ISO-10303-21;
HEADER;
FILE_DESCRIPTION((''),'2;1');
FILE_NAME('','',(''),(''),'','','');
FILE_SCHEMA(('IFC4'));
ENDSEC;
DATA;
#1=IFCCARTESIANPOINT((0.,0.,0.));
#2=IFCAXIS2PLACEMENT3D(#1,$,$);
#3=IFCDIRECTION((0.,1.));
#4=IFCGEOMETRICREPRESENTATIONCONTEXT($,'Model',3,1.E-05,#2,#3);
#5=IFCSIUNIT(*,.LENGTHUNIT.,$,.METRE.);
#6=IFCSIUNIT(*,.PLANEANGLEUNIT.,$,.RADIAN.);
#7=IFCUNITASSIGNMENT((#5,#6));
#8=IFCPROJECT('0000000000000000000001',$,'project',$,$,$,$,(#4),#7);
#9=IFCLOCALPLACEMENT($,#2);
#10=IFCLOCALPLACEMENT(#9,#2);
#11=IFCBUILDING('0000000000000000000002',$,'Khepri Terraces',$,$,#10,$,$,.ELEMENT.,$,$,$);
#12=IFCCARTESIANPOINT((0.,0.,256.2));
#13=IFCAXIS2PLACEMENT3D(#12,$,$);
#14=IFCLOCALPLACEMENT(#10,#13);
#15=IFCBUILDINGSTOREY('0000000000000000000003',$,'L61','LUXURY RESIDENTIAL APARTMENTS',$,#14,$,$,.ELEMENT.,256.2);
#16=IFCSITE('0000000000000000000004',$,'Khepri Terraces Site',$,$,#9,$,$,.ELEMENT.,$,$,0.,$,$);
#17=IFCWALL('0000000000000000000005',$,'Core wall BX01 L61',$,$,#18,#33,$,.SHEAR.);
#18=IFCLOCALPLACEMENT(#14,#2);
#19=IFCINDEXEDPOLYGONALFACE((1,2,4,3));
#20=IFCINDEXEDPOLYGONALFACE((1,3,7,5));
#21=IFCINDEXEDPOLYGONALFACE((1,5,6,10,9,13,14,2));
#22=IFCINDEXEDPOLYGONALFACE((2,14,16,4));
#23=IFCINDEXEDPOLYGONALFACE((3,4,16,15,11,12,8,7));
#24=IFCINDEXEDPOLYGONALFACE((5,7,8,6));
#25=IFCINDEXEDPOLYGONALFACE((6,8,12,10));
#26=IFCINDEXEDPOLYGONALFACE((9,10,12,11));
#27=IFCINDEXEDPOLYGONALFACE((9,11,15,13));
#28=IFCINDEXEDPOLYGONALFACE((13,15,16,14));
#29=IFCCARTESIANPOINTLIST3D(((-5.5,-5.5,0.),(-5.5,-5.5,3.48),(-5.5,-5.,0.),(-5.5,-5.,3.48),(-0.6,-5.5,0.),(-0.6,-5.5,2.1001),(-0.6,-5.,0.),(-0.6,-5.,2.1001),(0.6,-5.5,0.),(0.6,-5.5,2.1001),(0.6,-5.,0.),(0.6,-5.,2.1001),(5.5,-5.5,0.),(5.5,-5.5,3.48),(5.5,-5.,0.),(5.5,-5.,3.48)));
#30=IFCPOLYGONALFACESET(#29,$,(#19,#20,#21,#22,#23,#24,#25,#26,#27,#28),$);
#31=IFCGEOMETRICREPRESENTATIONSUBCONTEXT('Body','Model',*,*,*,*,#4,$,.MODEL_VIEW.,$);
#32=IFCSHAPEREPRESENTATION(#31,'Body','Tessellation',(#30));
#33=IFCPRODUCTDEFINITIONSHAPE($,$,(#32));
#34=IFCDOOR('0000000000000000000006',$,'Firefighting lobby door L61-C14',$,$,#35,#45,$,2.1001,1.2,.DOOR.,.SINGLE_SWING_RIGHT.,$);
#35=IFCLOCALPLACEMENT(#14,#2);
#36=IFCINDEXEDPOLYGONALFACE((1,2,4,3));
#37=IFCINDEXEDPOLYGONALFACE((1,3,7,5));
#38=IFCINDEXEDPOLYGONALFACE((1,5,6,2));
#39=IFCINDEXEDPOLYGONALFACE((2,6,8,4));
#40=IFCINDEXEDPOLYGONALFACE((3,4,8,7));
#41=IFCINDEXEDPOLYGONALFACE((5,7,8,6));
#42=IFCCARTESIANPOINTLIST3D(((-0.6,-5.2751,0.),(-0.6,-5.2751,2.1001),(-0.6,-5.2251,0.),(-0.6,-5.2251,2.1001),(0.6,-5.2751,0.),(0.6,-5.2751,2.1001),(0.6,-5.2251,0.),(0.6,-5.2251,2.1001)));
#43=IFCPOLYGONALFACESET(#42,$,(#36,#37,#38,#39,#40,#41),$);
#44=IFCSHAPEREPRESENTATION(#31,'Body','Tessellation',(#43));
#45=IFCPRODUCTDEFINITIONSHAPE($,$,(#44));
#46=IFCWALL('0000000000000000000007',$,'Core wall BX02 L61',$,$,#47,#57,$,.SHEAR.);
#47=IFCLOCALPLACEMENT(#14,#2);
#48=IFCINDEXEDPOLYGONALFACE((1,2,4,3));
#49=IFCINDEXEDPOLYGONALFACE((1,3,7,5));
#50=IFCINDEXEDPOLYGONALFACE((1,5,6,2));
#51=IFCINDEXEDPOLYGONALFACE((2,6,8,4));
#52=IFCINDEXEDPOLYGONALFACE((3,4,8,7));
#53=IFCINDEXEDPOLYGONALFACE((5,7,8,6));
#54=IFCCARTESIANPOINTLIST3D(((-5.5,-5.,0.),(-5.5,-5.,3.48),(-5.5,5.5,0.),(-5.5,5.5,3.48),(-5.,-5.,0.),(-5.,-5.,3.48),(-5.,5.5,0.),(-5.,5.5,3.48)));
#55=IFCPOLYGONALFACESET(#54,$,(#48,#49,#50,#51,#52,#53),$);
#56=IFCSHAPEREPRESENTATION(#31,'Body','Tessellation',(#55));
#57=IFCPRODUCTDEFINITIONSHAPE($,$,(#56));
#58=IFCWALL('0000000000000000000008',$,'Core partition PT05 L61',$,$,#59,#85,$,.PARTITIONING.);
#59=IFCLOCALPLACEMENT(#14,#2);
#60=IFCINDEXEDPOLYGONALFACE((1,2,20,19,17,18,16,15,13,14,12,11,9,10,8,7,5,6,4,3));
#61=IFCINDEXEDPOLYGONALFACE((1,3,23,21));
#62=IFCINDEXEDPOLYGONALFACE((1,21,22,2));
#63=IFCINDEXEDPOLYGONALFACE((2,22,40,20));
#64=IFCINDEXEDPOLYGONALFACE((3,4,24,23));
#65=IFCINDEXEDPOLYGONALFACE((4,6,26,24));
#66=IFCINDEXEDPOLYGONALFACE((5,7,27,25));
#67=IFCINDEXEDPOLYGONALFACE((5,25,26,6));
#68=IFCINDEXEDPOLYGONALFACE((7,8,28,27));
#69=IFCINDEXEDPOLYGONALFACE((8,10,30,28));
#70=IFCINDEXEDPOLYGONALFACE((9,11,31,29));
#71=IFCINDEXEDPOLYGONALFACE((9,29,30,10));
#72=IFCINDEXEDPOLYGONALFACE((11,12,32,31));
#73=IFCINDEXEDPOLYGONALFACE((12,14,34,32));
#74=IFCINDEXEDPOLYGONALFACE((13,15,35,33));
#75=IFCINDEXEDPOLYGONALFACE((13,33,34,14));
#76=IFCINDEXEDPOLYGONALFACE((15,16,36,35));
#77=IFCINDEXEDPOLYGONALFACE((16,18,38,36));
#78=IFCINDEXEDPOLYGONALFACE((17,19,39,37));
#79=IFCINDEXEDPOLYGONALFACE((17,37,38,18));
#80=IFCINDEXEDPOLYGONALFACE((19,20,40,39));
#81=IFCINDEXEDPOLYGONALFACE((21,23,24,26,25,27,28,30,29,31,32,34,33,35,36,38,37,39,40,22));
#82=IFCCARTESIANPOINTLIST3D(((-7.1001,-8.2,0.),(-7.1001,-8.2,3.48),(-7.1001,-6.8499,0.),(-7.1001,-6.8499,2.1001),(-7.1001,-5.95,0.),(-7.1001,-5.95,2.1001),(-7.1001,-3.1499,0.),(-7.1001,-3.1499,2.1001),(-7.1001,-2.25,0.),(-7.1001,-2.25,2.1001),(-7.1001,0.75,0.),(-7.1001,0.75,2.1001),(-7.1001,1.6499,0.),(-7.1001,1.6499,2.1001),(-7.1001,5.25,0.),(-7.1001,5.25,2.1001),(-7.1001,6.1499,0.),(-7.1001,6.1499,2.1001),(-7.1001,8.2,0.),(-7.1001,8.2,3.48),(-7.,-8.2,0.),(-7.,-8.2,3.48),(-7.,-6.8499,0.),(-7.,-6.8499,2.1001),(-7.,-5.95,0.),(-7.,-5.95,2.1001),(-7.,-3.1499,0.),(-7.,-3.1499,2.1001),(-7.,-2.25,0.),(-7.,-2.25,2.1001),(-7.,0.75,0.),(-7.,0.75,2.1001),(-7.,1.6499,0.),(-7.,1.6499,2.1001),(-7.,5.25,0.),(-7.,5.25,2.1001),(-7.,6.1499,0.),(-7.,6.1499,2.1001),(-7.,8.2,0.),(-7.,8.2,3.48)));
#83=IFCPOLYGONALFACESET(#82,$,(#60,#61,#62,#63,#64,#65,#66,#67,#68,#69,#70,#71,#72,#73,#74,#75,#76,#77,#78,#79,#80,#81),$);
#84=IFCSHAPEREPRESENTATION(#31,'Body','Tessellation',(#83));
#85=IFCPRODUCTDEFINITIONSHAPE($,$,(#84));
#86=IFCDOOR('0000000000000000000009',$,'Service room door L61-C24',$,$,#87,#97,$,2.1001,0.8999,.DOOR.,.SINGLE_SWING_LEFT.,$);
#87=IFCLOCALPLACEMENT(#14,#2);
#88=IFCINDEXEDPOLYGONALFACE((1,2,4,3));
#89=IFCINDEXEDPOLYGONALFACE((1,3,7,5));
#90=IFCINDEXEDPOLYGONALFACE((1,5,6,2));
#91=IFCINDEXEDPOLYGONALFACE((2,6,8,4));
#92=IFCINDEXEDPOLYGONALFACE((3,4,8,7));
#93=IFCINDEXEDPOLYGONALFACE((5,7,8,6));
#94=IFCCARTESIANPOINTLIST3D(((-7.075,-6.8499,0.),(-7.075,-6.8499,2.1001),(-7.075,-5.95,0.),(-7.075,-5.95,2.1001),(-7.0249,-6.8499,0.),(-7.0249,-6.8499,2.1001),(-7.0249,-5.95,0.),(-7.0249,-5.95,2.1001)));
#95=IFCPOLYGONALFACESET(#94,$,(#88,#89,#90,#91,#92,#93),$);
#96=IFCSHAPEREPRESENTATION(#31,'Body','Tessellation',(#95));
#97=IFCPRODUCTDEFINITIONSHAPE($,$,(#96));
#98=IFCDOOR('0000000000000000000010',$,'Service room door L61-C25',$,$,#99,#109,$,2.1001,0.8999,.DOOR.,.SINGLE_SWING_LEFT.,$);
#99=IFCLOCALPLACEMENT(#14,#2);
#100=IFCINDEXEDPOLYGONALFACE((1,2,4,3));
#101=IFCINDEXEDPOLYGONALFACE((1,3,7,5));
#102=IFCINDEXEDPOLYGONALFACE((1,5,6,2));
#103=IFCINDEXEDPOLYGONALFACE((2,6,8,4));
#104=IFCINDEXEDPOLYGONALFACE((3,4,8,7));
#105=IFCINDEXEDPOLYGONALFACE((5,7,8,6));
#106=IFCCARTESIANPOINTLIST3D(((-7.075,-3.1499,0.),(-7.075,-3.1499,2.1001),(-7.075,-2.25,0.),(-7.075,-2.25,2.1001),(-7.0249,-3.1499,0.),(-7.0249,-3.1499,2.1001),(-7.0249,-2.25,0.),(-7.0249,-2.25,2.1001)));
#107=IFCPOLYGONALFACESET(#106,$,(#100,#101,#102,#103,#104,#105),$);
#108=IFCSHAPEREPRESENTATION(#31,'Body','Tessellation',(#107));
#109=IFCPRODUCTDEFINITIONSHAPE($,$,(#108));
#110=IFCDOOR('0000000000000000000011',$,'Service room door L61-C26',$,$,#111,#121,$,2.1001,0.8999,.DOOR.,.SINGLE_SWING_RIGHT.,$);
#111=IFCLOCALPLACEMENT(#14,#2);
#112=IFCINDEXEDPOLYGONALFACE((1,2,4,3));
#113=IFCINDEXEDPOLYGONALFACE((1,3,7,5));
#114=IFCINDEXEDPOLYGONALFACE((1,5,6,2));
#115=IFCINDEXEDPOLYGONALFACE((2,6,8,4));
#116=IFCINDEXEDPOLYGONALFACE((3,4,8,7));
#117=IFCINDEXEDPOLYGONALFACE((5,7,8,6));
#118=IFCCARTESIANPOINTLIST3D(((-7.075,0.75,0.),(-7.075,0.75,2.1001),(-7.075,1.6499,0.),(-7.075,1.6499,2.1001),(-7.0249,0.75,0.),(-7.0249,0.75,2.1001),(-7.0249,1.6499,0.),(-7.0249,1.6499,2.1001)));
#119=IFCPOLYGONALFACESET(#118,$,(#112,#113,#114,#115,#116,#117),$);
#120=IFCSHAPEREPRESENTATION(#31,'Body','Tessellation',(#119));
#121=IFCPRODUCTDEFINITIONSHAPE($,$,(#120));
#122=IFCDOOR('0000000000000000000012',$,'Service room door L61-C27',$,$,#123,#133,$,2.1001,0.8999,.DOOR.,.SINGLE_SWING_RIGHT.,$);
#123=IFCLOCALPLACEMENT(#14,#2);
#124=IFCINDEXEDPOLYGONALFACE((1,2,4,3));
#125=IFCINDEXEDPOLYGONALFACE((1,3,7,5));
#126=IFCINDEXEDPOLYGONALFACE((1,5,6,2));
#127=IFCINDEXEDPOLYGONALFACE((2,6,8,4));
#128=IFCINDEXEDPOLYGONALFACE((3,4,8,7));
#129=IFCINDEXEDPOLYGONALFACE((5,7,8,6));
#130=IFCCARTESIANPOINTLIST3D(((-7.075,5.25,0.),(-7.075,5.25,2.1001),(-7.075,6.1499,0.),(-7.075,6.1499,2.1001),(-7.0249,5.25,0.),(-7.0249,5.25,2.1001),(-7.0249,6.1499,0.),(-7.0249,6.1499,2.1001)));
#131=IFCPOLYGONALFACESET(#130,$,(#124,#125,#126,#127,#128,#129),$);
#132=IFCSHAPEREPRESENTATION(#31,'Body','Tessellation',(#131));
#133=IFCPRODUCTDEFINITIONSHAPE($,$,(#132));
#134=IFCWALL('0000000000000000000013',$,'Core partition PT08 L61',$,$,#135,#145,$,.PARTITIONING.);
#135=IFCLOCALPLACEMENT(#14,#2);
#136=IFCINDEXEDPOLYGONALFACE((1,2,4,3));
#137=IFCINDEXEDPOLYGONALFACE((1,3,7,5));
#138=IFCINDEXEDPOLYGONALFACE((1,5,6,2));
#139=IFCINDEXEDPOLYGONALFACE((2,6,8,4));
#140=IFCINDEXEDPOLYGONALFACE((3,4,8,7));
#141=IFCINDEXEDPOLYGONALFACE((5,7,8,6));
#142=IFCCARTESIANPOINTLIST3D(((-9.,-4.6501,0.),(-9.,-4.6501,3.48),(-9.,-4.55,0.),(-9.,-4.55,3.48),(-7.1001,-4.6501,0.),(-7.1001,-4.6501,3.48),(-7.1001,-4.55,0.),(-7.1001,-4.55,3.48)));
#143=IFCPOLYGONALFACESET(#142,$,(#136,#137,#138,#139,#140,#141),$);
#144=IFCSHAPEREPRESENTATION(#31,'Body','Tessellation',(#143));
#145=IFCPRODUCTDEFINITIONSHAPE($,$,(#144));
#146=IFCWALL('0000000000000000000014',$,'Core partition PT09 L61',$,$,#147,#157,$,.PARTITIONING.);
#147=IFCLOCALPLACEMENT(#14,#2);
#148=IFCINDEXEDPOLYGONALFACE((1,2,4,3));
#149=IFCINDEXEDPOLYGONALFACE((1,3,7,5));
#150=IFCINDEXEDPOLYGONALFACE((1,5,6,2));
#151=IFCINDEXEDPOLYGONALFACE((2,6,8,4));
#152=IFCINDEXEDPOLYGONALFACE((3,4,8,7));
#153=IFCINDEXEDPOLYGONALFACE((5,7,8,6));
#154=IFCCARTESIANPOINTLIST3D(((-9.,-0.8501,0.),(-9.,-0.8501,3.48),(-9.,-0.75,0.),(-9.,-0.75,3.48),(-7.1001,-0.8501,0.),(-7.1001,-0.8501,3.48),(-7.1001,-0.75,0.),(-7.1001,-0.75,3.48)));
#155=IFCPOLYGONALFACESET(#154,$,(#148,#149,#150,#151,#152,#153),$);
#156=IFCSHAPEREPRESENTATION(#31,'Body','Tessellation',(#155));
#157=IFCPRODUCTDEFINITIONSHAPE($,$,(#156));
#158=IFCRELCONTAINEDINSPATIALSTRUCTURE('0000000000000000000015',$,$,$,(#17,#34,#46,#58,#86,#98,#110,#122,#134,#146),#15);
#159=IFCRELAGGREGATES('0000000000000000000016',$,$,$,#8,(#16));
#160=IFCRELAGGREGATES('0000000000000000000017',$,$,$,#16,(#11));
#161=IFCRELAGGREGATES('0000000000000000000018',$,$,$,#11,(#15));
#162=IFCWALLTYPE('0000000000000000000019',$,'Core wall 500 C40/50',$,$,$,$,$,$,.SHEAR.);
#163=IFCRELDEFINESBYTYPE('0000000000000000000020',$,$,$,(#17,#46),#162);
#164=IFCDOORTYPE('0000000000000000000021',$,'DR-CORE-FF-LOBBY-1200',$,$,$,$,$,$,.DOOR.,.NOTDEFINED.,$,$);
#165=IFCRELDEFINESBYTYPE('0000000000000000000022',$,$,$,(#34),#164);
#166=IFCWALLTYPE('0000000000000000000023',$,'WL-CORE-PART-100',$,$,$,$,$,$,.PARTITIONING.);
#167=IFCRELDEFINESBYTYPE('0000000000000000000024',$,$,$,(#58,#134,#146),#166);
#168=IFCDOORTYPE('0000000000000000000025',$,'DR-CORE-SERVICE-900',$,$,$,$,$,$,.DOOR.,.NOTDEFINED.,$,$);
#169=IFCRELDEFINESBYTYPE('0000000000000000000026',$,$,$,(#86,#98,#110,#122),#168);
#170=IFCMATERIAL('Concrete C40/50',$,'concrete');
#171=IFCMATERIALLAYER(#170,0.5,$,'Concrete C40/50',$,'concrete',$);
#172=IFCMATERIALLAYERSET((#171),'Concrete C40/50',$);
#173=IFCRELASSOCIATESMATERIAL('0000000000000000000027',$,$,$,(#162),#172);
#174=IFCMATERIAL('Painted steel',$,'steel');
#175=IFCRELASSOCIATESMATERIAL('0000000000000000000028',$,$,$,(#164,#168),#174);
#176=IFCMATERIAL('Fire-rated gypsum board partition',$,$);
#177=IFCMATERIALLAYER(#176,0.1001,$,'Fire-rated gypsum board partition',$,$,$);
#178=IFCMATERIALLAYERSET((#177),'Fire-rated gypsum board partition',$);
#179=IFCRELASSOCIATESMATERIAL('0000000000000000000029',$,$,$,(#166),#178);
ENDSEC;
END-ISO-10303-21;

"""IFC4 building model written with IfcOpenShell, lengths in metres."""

from ifc_helpers import new_model, si_unit, direction, frame, frame_2d, origin, place, context, subcontext, project, spatial, rectangle, extrude, material, layer, layer_set, type_object, element, fill, save


model = new_model("IFC4")

# Units and contexts
model_context = context("Model", 3, precision=1e-05, world=origin(), true_north=direction((0.0, 1.0)))
body_context = subcontext(model_context, "Body", "Model", "MODEL_VIEW")
ifc_project = project(units=[si_unit("LENGTHUNIT", "METRE"), si_unit("PLANEANGLEUNIT", "RADIAN")], contexts=[model_context])

# Site, building, storey
site_placement = place(None, origin())
site = spatial("IfcSite", under=ifc_project, at=site_placement, Name="Khepri Terraces Site", CompositionType="ELEMENT", RefElevation=0.0)
building_placement = place(site_placement, origin())
building = spatial("IfcBuilding", under=site, at=building_placement, Name="Khepri Terraces", CompositionType="ELEMENT")
storey_placement = place(building_placement, frame((0.0, 0.0, 256.2)))
storey = spatial("IfcBuildingStorey", under=building, at=storey_placement, Name="L61", Description="LUXURY RESIDENTIAL APARTMENTS", CompositionType="ELEMENT", Elevation=256.2)

# Shared definitions
ifc_material_1 = material(Name="Concrete C40/50", Category="concrete")

# Shared definitions
ifc_material_2 = material(Name="Painted steel", Category="steel")

# Wall, opening, door
ifc_layer_1 = layer(ifc_material_1, 0.5, Name="Concrete C40/50", Category="concrete")
ifc_layer_set_1 = layer_set([ifc_layer_1], Name="Concrete C40/50")
wall_type_1 = type_object("IfcWallType", Name="Core wall 500 C40/50", PredefinedType="SHEAR", material=ifc_layer_set_1)
wall_1_placement = place(storey_placement, frame((-5.5, -5.25, 0.0), z_axis=(0.0, 0.0, 1.0), x_axis=(1.0, 0.0, 0.0)))
wall_1 = element("IfcWall", 1, at=wall_1_placement, inside=storey, type_object=wall_type_1, Name="Core wall BX01 L61", PredefinedType="SHEAR", context=body_context, shape_type="SweptSolid", body=[
    extrude(rectangle(XDim=11.0, YDim=0.5, at=frame_2d((5.5, 0.0))), origin(), (0.0, 0.0, 1.0), 3.48),
])
opening_1_placement = place(wall_1_placement, frame((4.8999, 0.0, 0.0)))
opening_1 = element("IfcOpeningElement", 2, at=opening_1_placement, cuts=wall_1, PredefinedType="OPENING", context=body_context, shape_type="SweptSolid", body=[
    extrude(rectangle(XDim=1.2, YDim=2.1001, at=frame_2d((0.6001, 1.05))), frame((0.0, 0.26, 0.0), z_axis=(0.0, -1.0, 0.0), x_axis=(1.0, 0.0, 0.0)), (0.0, 0.0, 1.0), 0.52),
])
door_type_1 = type_object("IfcDoorType", Name="DR-CORE-FF-LOBBY-1200", OperationType="NOTDEFINED", PredefinedType="DOOR", material=ifc_material_2)
door_1_placement = place(opening_1_placement, origin())
door_1 = element("IfcDoor", 3, at=door_1_placement, inside=storey, type_object=door_type_1, Name="Firefighting lobby door L61-C14", OperationType="SINGLE_SWING_RIGHT", OverallHeight=2.1001, OverallWidth=1.2, PredefinedType="DOOR", context=body_context, shape_type="SweptSolid", body=[
    extrude(rectangle(XDim=1.2, YDim=2.1001, at=frame_2d((0.6001, 1.05))), frame((0.0, 0.0249, 0.0), z_axis=(0.0, -1.0, 0.0), x_axis=(1.0, 0.0, 0.0)), (0.0, 0.0, 1.0), 0.05),
])
fill(opening_1, door_1)

# Wall
wall_2_placement = place(storey_placement, frame((-5.25, -5.0, 0.0), z_axis=(0.0, 0.0, 1.0), x_axis=(0.0, 1.0, 0.0)))
element("IfcWall", 4, at=wall_2_placement, inside=storey, type_object=wall_type_1, Name="Core wall BX02 L61", PredefinedType="SHEAR", context=body_context, shape_type="SweptSolid", body=[
    extrude(rectangle(XDim=10.5, YDim=0.5, at=frame_2d((5.25, 0.0))), origin(), (0.0, 0.0, 1.0), 3.48),
])

# Wall, openings, doors
ifc_material_3 = material(Name="Fire-rated gypsum board partition")
ifc_layer_2 = layer(ifc_material_3, 0.1001, Name="Fire-rated gypsum board partition")
ifc_layer_set_2 = layer_set([ifc_layer_2], Name="Fire-rated gypsum board partition")
wall_type_2 = type_object("IfcWallType", Name="WL-CORE-PART-100", PredefinedType="PARTITIONING", material=ifc_layer_set_2)
wall_3_placement = place(storey_placement, frame((-7.05, -8.2, 0.0), z_axis=(0.0, 0.0, 1.0), x_axis=(0.0, 1.0, 0.0)))
wall_3 = element("IfcWall", 5, at=wall_3_placement, inside=storey, type_object=wall_type_2, Name="Core partition PT05 L61", PredefinedType="PARTITIONING", context=body_context, shape_type="SweptSolid", body=[
    extrude(rectangle(XDim=16.3999, YDim=0.1001, at=frame_2d((8.2, 0.0))), origin(), (0.0, 0.0, 1.0), 3.48),
])
opening_2_placement = place(wall_3_placement, frame((1.3501, 0.0, 0.0)))
opening_2 = element("IfcOpeningElement", 6, at=opening_2_placement, cuts=wall_3, PredefinedType="OPENING", context=body_context, shape_type="SweptSolid", body=[
    extrude(rectangle(XDim=0.8999, YDim=2.1001, at=frame_2d((0.45, 1.05))), frame((0.0, 0.0601, 0.0), z_axis=(0.0, -1.0, 0.0), x_axis=(1.0, 0.0, 0.0)), (0.0, 0.0, 1.0), 0.1201),
])
opening_3_placement = place(wall_3_placement, frame((5.05, 0.0, 0.0)))
opening_3 = element("IfcOpeningElement", 7, at=opening_3_placement, cuts=wall_3, PredefinedType="OPENING", context=body_context, shape_type="SweptSolid", body=[
    extrude(rectangle(XDim=0.8999, YDim=2.1001, at=frame_2d((0.45, 1.05))), frame((0.0, 0.0601, 0.0), z_axis=(0.0, -1.0, 0.0), x_axis=(1.0, 0.0, 0.0)), (0.0, 0.0, 1.0), 0.1201),
])
opening_4_placement = place(wall_3_placement, frame((8.95, 0.0, 0.0)))
opening_4 = element("IfcOpeningElement", 8, at=opening_4_placement, cuts=wall_3, PredefinedType="OPENING", context=body_context, shape_type="SweptSolid", body=[
    extrude(rectangle(XDim=0.8999, YDim=2.1001, at=frame_2d((0.45, 1.05))), frame((0.0, 0.0601, 0.0), z_axis=(0.0, -1.0, 0.0), x_axis=(1.0, 0.0, 0.0)), (0.0, 0.0, 1.0), 0.1201),
])
opening_5_placement = place(wall_3_placement, frame((13.45, 0.0, 0.0)))
opening_5 = element("IfcOpeningElement", 9, at=opening_5_placement, cuts=wall_3, PredefinedType="OPENING", context=body_context, shape_type="SweptSolid", body=[
    extrude(rectangle(XDim=0.8999, YDim=2.1001, at=frame_2d((0.45, 1.05))), frame((0.0, 0.0601, 0.0), z_axis=(0.0, -1.0, 0.0), x_axis=(1.0, 0.0, 0.0)), (0.0, 0.0, 1.0), 0.1201),
])
door_type_2 = type_object("IfcDoorType", Name="DR-CORE-SERVICE-900", OperationType="NOTDEFINED", PredefinedType="DOOR", material=ifc_material_2)
door_2_placement = place(opening_2_placement, origin())
door_2 = element("IfcDoor", 10, at=door_2_placement, inside=storey, type_object=door_type_2, Name="Service room door L61-C24", OperationType="SINGLE_SWING_LEFT", OverallHeight=2.1001, OverallWidth=0.8999, PredefinedType="DOOR", context=body_context, shape_type="SweptSolid", body=[
    extrude(rectangle(XDim=0.8999, YDim=2.1001, at=frame_2d((0.45, 1.05))), frame((0.0, 0.0249, 0.0), z_axis=(0.0, -1.0, 0.0), x_axis=(1.0, 0.0, 0.0)), (0.0, 0.0, 1.0), 0.05),
])
fill(opening_2, door_2)
door_3_placement = place(opening_3_placement, origin())
door_3 = element("IfcDoor", 11, at=door_3_placement, inside=storey, type_object=door_type_2, Name="Service room door L61-C25", OperationType="SINGLE_SWING_LEFT", OverallHeight=2.1001, OverallWidth=0.8999, PredefinedType="DOOR", context=body_context, shape_type="SweptSolid", body=[
    extrude(rectangle(XDim=0.8999, YDim=2.1001, at=frame_2d((0.45, 1.05))), frame((0.0, 0.0249, 0.0), z_axis=(0.0, -1.0, 0.0), x_axis=(1.0, 0.0, 0.0)), (0.0, 0.0, 1.0), 0.05),
])
fill(opening_3, door_3)
door_4_placement = place(opening_4_placement, origin())
door_4 = element("IfcDoor", 12, at=door_4_placement, inside=storey, type_object=door_type_2, Name="Service room door L61-C26", OperationType="SINGLE_SWING_RIGHT", OverallHeight=2.1001, OverallWidth=0.8999, PredefinedType="DOOR", context=body_context, shape_type="SweptSolid", body=[
    extrude(rectangle(XDim=0.8999, YDim=2.1001, at=frame_2d((0.45, 1.05))), frame((0.0, 0.0249, 0.0), z_axis=(0.0, -1.0, 0.0), x_axis=(1.0, 0.0, 0.0)), (0.0, 0.0, 1.0), 0.05),
])
fill(opening_4, door_4)
door_5_placement = place(opening_5_placement, origin())
door_5 = element("IfcDoor", 13, at=door_5_placement, inside=storey, type_object=door_type_2, Name="Service room door L61-C27", OperationType="SINGLE_SWING_RIGHT", OverallHeight=2.1001, OverallWidth=0.8999, PredefinedType="DOOR", context=body_context, shape_type="SweptSolid", body=[
    extrude(rectangle(XDim=0.8999, YDim=2.1001, at=frame_2d((0.45, 1.05))), frame((0.0, 0.0249, 0.0), z_axis=(0.0, -1.0, 0.0), x_axis=(1.0, 0.0, 0.0)), (0.0, 0.0, 1.0), 0.05),
])
fill(opening_5, door_5)

# Walls
for number, where, z_axis, x_axis, name in (
    (14, (-9.0, -4.6001, 0.0), (0.0, 0.0, 1.0), (1.0, 0.0, 0.0), "Core partition PT08 L61"),
    (15, (-9.0, -0.8, 0.0), (0.0, 0.0, 1.0), (1.0, 0.0, 0.0), "Core partition PT09 L61"),
):
    element("IfcWall", number, at=place(storey_placement, frame(where, z_axis=z_axis, x_axis=x_axis)), inside=storey, type_object=wall_type_2, Name=name, PredefinedType="PARTITIONING", context=body_context, shape_type="SweptSolid", body=[
        extrude(rectangle(XDim=1.8999, YDim=0.1001, at=frame_2d((0.95, 0.0))), origin(), (0.0, 0.0, 1.0), 3.48),
    ])

save(model, "model.ifc")
